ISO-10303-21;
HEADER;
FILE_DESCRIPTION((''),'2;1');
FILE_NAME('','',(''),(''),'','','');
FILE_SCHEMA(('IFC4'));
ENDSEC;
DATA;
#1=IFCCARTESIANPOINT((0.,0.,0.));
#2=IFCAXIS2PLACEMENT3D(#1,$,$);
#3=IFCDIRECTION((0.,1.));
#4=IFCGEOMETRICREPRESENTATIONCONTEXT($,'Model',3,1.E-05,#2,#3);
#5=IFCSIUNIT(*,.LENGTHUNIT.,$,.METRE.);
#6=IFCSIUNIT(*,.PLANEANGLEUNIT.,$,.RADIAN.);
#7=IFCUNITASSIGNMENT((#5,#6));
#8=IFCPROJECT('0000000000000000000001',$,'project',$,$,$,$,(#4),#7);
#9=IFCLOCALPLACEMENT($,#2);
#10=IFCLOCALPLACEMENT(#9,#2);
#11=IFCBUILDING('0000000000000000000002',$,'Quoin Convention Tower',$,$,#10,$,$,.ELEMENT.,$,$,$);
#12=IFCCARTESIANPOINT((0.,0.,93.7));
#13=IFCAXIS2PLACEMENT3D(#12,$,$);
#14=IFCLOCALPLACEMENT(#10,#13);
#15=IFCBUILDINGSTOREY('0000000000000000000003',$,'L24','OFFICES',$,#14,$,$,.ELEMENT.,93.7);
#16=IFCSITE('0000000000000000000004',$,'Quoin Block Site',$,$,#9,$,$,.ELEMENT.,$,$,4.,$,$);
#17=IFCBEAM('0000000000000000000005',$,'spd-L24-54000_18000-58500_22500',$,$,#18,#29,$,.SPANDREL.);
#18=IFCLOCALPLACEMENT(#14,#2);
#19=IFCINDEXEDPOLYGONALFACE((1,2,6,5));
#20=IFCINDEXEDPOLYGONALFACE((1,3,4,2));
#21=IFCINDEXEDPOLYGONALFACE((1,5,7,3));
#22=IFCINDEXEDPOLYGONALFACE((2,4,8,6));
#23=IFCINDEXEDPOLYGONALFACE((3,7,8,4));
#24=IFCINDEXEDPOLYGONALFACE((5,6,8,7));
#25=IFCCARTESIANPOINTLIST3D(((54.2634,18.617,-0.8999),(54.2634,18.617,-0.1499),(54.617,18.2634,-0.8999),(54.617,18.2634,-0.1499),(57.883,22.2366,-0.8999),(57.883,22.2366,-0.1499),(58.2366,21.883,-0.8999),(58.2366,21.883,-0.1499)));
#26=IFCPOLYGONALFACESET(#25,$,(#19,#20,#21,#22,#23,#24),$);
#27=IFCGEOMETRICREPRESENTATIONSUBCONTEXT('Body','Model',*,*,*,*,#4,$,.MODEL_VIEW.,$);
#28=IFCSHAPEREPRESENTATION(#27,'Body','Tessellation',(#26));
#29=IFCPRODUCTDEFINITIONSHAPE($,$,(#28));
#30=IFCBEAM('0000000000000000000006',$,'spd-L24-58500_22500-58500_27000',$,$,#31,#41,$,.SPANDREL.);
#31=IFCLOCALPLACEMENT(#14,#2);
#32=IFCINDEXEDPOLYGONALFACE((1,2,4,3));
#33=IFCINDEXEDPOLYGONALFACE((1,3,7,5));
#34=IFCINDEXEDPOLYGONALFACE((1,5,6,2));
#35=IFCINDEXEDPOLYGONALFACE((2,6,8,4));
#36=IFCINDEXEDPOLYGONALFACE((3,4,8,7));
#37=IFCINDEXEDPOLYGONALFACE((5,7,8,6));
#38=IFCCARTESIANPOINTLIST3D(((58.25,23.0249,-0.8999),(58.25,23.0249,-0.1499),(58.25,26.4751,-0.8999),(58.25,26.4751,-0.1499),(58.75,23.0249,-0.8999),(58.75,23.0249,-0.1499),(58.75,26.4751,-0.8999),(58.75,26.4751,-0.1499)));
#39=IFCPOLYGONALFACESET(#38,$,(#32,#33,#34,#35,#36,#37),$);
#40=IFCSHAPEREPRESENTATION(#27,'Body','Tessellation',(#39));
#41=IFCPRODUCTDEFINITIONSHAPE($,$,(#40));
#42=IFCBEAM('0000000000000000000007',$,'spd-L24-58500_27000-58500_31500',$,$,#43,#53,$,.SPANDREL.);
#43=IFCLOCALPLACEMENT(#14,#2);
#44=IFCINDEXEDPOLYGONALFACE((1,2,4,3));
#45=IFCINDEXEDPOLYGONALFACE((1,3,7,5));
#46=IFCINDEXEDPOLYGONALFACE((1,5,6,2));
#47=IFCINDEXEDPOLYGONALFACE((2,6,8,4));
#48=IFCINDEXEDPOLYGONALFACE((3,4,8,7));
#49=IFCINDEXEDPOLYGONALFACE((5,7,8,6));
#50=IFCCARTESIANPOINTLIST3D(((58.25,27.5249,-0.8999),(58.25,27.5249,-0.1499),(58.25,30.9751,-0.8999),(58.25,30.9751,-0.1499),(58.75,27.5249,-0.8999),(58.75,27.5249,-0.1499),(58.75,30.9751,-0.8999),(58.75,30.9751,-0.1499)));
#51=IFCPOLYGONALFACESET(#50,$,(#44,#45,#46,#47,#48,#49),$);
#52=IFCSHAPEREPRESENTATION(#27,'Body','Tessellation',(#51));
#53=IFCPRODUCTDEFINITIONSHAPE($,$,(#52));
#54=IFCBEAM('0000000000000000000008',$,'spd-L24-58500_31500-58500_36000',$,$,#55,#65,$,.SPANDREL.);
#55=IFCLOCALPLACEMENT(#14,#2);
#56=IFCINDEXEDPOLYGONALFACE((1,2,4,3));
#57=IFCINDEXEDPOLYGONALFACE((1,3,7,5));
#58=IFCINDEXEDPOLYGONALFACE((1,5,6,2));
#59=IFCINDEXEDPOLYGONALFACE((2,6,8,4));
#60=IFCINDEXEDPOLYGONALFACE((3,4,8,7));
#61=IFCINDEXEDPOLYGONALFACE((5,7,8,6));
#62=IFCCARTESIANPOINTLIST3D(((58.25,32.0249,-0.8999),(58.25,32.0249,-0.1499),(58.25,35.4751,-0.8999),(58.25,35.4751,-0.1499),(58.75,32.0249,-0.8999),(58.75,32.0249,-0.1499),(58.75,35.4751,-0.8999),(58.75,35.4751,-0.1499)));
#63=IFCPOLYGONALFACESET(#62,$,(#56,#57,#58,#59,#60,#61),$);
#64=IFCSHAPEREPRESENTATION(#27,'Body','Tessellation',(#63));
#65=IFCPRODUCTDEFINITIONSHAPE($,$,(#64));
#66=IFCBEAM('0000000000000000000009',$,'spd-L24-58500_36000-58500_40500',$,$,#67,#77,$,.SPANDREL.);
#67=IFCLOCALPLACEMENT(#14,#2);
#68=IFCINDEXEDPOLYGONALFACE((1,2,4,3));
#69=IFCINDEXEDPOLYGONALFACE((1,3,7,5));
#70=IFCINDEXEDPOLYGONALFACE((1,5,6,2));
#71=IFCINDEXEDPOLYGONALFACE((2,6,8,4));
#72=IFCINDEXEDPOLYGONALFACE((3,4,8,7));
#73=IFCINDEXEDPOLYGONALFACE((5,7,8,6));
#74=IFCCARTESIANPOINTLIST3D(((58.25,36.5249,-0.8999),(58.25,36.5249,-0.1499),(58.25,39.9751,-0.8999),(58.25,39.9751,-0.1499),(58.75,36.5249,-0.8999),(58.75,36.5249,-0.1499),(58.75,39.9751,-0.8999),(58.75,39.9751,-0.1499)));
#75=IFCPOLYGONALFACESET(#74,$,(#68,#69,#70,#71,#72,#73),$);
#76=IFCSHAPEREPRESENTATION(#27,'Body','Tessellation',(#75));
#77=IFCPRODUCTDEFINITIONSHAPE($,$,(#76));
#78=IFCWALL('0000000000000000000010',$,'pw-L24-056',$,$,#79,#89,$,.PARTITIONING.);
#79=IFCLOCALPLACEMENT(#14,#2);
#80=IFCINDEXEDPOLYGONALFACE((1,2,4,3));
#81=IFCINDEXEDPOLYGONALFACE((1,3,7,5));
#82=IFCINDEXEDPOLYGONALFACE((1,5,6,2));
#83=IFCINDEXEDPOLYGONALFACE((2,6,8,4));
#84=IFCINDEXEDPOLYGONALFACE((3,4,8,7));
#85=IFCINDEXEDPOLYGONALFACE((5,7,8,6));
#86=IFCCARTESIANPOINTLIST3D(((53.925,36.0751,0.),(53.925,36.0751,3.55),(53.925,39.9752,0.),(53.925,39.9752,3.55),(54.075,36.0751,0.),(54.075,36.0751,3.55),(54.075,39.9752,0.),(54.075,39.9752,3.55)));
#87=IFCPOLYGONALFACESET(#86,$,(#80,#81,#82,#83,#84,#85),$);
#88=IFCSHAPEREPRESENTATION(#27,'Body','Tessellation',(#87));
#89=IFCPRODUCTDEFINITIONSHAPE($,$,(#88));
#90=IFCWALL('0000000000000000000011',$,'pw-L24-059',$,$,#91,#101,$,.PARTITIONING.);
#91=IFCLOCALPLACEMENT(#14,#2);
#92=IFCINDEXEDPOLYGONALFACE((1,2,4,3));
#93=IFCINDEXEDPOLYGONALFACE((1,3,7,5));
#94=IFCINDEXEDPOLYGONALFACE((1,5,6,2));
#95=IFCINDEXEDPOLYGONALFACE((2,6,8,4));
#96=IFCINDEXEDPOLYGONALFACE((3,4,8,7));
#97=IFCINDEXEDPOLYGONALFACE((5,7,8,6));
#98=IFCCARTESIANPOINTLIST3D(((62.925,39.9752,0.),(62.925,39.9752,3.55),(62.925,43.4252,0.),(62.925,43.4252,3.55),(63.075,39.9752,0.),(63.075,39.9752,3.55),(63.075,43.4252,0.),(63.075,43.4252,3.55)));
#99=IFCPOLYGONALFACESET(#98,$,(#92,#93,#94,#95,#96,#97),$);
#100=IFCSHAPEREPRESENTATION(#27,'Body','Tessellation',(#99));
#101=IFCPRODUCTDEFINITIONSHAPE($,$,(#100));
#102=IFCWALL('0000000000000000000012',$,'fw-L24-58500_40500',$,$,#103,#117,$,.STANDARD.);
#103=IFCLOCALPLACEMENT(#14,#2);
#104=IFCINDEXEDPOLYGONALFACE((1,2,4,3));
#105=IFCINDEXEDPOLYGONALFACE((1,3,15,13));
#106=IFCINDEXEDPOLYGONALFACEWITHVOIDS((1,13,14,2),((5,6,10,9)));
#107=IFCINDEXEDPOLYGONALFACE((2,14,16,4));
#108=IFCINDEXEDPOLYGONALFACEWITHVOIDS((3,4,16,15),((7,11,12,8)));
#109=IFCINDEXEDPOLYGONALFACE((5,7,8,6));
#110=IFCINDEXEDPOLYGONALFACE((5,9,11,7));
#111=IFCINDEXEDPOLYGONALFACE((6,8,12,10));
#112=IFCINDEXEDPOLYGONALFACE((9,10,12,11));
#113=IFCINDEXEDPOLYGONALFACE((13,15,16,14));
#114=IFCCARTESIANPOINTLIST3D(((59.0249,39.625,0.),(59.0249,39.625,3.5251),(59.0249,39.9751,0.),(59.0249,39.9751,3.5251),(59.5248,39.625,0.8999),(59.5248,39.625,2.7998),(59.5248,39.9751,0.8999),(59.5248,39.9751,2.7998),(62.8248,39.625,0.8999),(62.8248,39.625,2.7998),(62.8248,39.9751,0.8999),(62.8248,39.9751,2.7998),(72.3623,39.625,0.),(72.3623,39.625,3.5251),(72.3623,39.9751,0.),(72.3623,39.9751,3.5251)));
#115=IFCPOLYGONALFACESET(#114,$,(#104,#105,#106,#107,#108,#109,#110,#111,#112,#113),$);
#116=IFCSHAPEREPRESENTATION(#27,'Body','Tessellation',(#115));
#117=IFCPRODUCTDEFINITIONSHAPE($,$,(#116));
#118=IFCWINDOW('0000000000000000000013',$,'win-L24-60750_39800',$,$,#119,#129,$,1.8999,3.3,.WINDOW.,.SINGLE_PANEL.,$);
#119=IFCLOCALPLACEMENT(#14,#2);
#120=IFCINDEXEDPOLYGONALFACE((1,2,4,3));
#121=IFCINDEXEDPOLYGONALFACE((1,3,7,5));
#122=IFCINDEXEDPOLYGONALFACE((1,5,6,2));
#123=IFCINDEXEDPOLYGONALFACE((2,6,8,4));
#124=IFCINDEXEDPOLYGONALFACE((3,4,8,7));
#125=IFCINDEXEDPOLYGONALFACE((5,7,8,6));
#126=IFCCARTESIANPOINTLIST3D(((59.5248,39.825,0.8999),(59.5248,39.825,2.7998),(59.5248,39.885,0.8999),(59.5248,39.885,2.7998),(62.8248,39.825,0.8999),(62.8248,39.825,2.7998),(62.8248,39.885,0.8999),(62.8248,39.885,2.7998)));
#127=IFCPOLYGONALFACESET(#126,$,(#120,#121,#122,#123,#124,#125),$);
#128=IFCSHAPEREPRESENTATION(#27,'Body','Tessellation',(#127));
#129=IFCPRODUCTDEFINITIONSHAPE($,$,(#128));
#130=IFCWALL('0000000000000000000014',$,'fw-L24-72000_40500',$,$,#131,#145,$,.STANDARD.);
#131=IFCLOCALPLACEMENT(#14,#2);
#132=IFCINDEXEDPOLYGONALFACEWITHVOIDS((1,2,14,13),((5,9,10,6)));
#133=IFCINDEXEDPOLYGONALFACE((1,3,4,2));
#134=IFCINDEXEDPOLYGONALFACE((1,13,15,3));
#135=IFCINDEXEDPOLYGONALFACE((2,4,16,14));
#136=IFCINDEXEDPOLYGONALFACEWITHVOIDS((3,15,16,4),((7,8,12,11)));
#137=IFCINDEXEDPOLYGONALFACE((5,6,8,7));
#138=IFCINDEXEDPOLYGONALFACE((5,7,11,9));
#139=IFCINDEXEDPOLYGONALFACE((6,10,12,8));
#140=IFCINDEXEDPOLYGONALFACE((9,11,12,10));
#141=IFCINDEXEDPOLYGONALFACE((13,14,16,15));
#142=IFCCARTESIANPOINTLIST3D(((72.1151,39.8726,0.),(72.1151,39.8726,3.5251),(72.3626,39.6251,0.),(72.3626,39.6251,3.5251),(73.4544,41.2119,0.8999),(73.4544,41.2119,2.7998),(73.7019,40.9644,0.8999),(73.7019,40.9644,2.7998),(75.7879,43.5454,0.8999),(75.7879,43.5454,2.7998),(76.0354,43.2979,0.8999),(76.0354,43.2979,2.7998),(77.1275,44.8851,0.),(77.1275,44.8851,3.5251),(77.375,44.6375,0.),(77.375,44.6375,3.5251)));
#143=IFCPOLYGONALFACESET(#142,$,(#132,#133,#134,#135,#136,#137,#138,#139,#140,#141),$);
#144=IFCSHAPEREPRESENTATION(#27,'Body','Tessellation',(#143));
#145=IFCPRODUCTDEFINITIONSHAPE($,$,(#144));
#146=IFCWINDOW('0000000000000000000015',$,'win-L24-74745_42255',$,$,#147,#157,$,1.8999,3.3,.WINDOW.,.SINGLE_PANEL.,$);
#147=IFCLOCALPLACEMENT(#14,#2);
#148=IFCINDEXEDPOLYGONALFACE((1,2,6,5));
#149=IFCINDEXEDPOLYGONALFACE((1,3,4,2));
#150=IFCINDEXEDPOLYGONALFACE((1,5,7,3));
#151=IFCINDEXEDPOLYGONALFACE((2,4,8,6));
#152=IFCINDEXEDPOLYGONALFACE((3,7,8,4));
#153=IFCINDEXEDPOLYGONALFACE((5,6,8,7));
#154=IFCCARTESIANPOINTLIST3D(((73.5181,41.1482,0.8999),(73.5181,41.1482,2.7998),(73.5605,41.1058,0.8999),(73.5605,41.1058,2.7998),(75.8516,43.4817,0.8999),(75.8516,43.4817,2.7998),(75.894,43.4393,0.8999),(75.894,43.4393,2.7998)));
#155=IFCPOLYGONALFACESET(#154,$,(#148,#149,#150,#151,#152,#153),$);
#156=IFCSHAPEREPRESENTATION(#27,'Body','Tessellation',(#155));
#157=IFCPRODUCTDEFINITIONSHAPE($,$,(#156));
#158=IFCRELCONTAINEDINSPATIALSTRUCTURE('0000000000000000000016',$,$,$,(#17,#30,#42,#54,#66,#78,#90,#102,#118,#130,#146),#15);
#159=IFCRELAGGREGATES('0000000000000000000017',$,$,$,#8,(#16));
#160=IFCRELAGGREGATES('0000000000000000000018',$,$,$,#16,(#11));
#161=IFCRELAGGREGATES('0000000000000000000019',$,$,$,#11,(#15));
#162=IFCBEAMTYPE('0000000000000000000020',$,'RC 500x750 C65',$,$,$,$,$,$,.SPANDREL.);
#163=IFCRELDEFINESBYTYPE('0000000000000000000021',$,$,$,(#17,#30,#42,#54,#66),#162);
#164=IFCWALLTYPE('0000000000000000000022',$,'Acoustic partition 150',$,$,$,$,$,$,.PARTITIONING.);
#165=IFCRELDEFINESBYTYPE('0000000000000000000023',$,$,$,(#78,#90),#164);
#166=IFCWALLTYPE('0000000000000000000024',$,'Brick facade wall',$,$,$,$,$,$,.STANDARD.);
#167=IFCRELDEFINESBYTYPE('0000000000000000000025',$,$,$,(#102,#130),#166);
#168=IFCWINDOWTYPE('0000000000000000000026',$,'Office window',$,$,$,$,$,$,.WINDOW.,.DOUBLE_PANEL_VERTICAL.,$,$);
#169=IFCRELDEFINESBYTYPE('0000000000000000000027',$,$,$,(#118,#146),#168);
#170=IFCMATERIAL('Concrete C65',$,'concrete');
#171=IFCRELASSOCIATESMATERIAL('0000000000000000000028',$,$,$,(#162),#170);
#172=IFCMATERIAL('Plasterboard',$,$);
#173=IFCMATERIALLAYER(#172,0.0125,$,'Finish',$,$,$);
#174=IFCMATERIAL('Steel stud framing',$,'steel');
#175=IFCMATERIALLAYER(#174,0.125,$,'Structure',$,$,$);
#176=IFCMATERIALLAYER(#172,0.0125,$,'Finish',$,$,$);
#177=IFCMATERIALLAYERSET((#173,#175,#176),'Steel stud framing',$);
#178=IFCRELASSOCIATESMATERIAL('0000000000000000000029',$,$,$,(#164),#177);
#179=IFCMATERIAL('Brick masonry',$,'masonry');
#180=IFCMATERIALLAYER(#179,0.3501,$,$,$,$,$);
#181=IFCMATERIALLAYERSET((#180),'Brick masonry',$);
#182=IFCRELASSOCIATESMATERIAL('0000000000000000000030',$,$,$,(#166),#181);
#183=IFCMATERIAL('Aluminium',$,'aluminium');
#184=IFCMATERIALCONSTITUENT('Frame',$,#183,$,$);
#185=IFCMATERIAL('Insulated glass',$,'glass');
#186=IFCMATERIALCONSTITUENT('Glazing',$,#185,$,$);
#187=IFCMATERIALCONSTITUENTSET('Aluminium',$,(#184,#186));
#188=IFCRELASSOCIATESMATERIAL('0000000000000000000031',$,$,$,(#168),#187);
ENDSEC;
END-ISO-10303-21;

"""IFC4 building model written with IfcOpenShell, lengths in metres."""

from ifc_helpers import new_model, si_unit, direction, frame, frame_2d, origin, origin_2d, place, context, subcontext, project, spatial, rectangle, extrude, material, layer, layer_set, constituent, constituent_set, material_profile, profile_set, type_object, element, fill, save


model = new_model("IFC4")

# Units and contexts
model_context = context("Model", 3, precision=1e-05, world=origin(), true_north=direction((0.0, 1.0)))
body_context = subcontext(model_context, "Body", "Model", "MODEL_VIEW")
ifc_project = project(units=[si_unit("LENGTHUNIT", "METRE"), si_unit("PLANEANGLEUNIT", "RADIAN")], contexts=[model_context])

# Site, building, storey
site_placement = place(None, origin())
site = spatial("IfcSite", under=ifc_project, at=site_placement, Name="Quoin Block Site", CompositionType="ELEMENT", RefElevation=4.0)
building_placement = place(site_placement, origin())
building = spatial("IfcBuilding", under=site, at=building_placement, Name="Quoin Convention Tower", CompositionType="ELEMENT")
storey_placement = place(building_placement, frame((0.0, 0.0, 93.7)))
storey = spatial("IfcBuildingStorey", under=building, at=storey_placement, Name="L24", Description="OFFICES", CompositionType="ELEMENT", Elevation=93.7)

# Shared definitions
ifc_material_1 = material(Name="Concrete C65", Category="concrete")

# Beams
ifc_material_profile_1 = material_profile(ifc_material_1, rectangle(XDim=0.5, YDim=0.75, at=origin_2d()), Name="RC 500x750")
ifc_profile_set_1 = profile_set([ifc_material_profile_1], Name="Concrete C65")
beam_type_1 = type_object("IfcBeamType", Name="RC 500x750 C65", PredefinedType="SPANDREL", material=ifc_profile_set_1)
beam_placement = place(storey_placement, frame((54.4402, 18.4402, -0.5249), z_axis=(0.707107, 0.707107, 0.0), x_axis=(-0.707107, 0.707107, 0.0)))
element("IfcBeam", 1, at=beam_placement, inside=storey, type_object=beam_type_1, Name="spd-L24-54000_18000-58500_22500", PredefinedType="SPANDREL", context=body_context, shape_type="SweptSolid", body=[
    extrude(rectangle(XDim=0.5, YDim=0.75, at=origin_2d()), origin(), (0.0, 0.0, 1.0), 5.1189),
])
for number, where, z_axis, x_axis, name in (
    (2, (58.5, 23.0249, -0.5249), (0.0, 1.0, 0.0), (-1.0, 0.0, 0.0), "spd-L24-58500_22500-58500_27000"),
    (3, (58.5, 27.5249, -0.5249), (0.0, 1.0, 0.0), (-1.0, 0.0, 0.0), "spd-L24-58500_27000-58500_31500"),
    (4, (58.5, 32.0249, -0.5249), (0.0, 1.0, 0.0), (-1.0, 0.0, 0.0), "spd-L24-58500_31500-58500_36000"),
    (5, (58.5, 36.5249, -0.5249), (0.0, 1.0, 0.0), (-1.0, 0.0, 0.0), "spd-L24-58500_36000-58500_40500"),
):
    element("IfcBeam", number, at=place(storey_placement, frame(where, z_axis=z_axis, x_axis=x_axis)), inside=storey, type_object=beam_type_1, Name=name, PredefinedType="SPANDREL", context=body_context, shape_type="SweptSolid", body=[
        extrude(rectangle(XDim=0.5, YDim=0.75, at=origin_2d()), origin(), (0.0, 0.0, 1.0), 3.4502),
    ])

# Walls
ifc_material_2 = material(Name="Plasterboard")
ifc_layer_1 = layer(ifc_material_2, 0.0125, Name="Finish")
ifc_material_3 = material(Name="Steel stud framing", Category="steel")
ifc_layer_2 = layer(ifc_material_3, 0.125, Name="Structure")
ifc_layer_3 = layer(ifc_material_2, 0.0125, Name="Finish")
ifc_layer_set_1 = layer_set([ifc_layer_1, ifc_layer_2, ifc_layer_3], Name="Steel stud framing")
wall_type_1 = type_object("IfcWallType", Name="Acoustic partition 150", PredefinedType="PARTITIONING", material=ifc_layer_set_1)
wall_1_placement = place(storey_placement, frame((54.0, 36.075, 0.0), z_axis=(0.0, 0.0, 1.0), x_axis=(0.0, 1.0, 0.0)))
element("IfcWall", 6, at=wall_1_placement, inside=storey, type_object=wall_type_1, Name="pw-L24-056", PredefinedType="PARTITIONING", context=body_context, shape_type="SweptSolid", body=[
    extrude(rectangle(XDim=3.9001, YDim=0.1499, at=frame_2d((1.9502, 0.0))), origin(), (0.0, 0.0, 1.0), 3.55),
])
wall_2_placement = place(storey_placement, frame((63.0, 39.9751, 0.0), z_axis=(0.0, 0.0, 1.0), x_axis=(0.0, 1.0, 0.0)))
element("IfcWall", 7, at=wall_2_placement, inside=storey, type_object=wall_type_1, Name="pw-L24-059", PredefinedType="PARTITIONING", context=body_context, shape_type="SweptSolid", body=[
    extrude(rectangle(XDim=3.45, YDim=0.1499, at=frame_2d((1.7251, 0.0))), origin(), (0.0, 0.0, 1.0), 3.55),
])

# Walls, openings, windows
ifc_material_4 = material(Name="Brick masonry", Category="masonry")
ifc_layer_4 = layer(ifc_material_4, 0.3501)
ifc_layer_set_2 = layer_set([ifc_layer_4], Name="Brick masonry")
wall_type_2 = type_object("IfcWallType", Name="Brick facade wall", PredefinedType="STANDARD", material=ifc_layer_set_2)
wall_3_placement = place(storey_placement, frame((59.0249, 39.8, 0.0), z_axis=(0.0, 0.0, 1.0), x_axis=(1.0, 0.0, 0.0)))
wall_3 = element("IfcWall", 8, at=wall_3_placement, inside=storey, type_object=wall_type_2, Name="fw-L24-58500_40500", PredefinedType="STANDARD", context=body_context, shape_type="SweptSolid", body=[
    extrude(rectangle(XDim=13.3374, YDim=0.3501, at=frame_2d((6.6687, 0.0))), origin(), (0.0, 0.0, 1.0), 3.5251),
])
opening_1_placement = place(wall_3_placement, frame((0.5, 0.0, 0.8999)))
opening_1 = element("IfcOpeningElement", 9, at=opening_1_placement, cuts=wall_3, PredefinedType="OPENING", context=body_context, shape_type="SweptSolid", body=[
    extrude(rectangle(XDim=3.3, YDim=1.8999, at=frame_2d((1.6499, 0.95))), frame((0.0, 0.1851, 0.0), z_axis=(0.0, -1.0, 0.0), x_axis=(1.0, 0.0, 0.0)), (0.0, 0.0, 1.0), 0.3701),
])
ifc_material_5 = material(Name="Aluminium", Category="aluminium")
ifc_constituent_1 = constituent(ifc_material_5, Name="Frame")
ifc_material_6 = material(Name="Insulated glass", Category="glass")
ifc_constituent_2 = constituent(ifc_material_6, Name="Glazing")
ifc_constituent_set = constituent_set(constituents=[ifc_constituent_1, ifc_constituent_2], Name="Aluminium")
window_type = type_object("IfcWindowType", Name="Office window", PartitioningType="DOUBLE_PANEL_VERTICAL", PredefinedType="WINDOW", material=ifc_constituent_set)
window_1_placement = place(opening_1_placement, origin())
window_1 = element("IfcWindow", 10, at=window_1_placement, inside=storey, type_object=window_type, Name="win-L24-60750_39800", OverallHeight=1.8999, OverallWidth=3.3, PartitioningType="SINGLE_PANEL", PredefinedType="WINDOW", context=body_context, shape_type="SweptSolid", body=[
    extrude(rectangle(XDim=3.3, YDim=1.8999, at=frame_2d((1.6499, 0.95))), frame((0.0, 0.085, 0.0), z_axis=(0.0, -1.0, 0.0), x_axis=(1.0, 0.0, 0.0)), (0.0, 0.0, 1.0), 0.0601),
])
fill(opening_1, window_1)
wall_4_placement = place(storey_placement, frame((72.2388, 39.7488, 0.0), z_axis=(0.0, 0.0, 1.0), x_axis=(0.707107, 0.707107, 0.0)))
wall_4 = element("IfcWall", 11, at=wall_4_placement, inside=storey, type_object=wall_type_2, Name="fw-L24-72000_40500", PredefinedType="STANDARD", context=body_context, shape_type="SweptSolid", body=[
    extrude(rectangle(XDim=7.0886, YDim=0.3501, at=frame_2d((3.5444, 0.0))), origin(), (0.0, 0.0, 1.0), 3.5251),
])
opening_2_placement = place(wall_4_placement, frame((1.8943, 0.0, 0.8999)))
opening_2 = element("IfcOpeningElement", 12, at=opening_2_placement, cuts=wall_4, PredefinedType="OPENING", context=body_context, shape_type="SweptSolid", body=[
    extrude(rectangle(XDim=3.3, YDim=1.8999, at=frame_2d((1.6499, 0.95))), frame((0.0, 0.1851, 0.0), z_axis=(0.0, -1.0, 0.0), x_axis=(1.0, 0.0, 0.0)), (0.0, 0.0, 1.0), 0.3701),
])
window_2_placement = place(opening_2_placement, origin())
window_2 = element("IfcWindow", 13, at=window_2_placement, inside=storey, type_object=window_type, Name="win-L24-74745_42255", OverallHeight=1.8999, OverallWidth=3.3, PartitioningType="SINGLE_PANEL", PredefinedType="WINDOW", context=body_context, shape_type="SweptSolid", body=[
    extrude(rectangle(XDim=3.3, YDim=1.8999, at=frame_2d((1.6499, 0.95))), frame((0.0, 0.085, 0.0), z_axis=(0.0, -1.0, 0.0), x_axis=(1.0, 0.0, 0.0)), (0.0, 0.0, 1.0), 0.0601),
])
fill(opening_2, window_2)

save(model, "model.ifc")
